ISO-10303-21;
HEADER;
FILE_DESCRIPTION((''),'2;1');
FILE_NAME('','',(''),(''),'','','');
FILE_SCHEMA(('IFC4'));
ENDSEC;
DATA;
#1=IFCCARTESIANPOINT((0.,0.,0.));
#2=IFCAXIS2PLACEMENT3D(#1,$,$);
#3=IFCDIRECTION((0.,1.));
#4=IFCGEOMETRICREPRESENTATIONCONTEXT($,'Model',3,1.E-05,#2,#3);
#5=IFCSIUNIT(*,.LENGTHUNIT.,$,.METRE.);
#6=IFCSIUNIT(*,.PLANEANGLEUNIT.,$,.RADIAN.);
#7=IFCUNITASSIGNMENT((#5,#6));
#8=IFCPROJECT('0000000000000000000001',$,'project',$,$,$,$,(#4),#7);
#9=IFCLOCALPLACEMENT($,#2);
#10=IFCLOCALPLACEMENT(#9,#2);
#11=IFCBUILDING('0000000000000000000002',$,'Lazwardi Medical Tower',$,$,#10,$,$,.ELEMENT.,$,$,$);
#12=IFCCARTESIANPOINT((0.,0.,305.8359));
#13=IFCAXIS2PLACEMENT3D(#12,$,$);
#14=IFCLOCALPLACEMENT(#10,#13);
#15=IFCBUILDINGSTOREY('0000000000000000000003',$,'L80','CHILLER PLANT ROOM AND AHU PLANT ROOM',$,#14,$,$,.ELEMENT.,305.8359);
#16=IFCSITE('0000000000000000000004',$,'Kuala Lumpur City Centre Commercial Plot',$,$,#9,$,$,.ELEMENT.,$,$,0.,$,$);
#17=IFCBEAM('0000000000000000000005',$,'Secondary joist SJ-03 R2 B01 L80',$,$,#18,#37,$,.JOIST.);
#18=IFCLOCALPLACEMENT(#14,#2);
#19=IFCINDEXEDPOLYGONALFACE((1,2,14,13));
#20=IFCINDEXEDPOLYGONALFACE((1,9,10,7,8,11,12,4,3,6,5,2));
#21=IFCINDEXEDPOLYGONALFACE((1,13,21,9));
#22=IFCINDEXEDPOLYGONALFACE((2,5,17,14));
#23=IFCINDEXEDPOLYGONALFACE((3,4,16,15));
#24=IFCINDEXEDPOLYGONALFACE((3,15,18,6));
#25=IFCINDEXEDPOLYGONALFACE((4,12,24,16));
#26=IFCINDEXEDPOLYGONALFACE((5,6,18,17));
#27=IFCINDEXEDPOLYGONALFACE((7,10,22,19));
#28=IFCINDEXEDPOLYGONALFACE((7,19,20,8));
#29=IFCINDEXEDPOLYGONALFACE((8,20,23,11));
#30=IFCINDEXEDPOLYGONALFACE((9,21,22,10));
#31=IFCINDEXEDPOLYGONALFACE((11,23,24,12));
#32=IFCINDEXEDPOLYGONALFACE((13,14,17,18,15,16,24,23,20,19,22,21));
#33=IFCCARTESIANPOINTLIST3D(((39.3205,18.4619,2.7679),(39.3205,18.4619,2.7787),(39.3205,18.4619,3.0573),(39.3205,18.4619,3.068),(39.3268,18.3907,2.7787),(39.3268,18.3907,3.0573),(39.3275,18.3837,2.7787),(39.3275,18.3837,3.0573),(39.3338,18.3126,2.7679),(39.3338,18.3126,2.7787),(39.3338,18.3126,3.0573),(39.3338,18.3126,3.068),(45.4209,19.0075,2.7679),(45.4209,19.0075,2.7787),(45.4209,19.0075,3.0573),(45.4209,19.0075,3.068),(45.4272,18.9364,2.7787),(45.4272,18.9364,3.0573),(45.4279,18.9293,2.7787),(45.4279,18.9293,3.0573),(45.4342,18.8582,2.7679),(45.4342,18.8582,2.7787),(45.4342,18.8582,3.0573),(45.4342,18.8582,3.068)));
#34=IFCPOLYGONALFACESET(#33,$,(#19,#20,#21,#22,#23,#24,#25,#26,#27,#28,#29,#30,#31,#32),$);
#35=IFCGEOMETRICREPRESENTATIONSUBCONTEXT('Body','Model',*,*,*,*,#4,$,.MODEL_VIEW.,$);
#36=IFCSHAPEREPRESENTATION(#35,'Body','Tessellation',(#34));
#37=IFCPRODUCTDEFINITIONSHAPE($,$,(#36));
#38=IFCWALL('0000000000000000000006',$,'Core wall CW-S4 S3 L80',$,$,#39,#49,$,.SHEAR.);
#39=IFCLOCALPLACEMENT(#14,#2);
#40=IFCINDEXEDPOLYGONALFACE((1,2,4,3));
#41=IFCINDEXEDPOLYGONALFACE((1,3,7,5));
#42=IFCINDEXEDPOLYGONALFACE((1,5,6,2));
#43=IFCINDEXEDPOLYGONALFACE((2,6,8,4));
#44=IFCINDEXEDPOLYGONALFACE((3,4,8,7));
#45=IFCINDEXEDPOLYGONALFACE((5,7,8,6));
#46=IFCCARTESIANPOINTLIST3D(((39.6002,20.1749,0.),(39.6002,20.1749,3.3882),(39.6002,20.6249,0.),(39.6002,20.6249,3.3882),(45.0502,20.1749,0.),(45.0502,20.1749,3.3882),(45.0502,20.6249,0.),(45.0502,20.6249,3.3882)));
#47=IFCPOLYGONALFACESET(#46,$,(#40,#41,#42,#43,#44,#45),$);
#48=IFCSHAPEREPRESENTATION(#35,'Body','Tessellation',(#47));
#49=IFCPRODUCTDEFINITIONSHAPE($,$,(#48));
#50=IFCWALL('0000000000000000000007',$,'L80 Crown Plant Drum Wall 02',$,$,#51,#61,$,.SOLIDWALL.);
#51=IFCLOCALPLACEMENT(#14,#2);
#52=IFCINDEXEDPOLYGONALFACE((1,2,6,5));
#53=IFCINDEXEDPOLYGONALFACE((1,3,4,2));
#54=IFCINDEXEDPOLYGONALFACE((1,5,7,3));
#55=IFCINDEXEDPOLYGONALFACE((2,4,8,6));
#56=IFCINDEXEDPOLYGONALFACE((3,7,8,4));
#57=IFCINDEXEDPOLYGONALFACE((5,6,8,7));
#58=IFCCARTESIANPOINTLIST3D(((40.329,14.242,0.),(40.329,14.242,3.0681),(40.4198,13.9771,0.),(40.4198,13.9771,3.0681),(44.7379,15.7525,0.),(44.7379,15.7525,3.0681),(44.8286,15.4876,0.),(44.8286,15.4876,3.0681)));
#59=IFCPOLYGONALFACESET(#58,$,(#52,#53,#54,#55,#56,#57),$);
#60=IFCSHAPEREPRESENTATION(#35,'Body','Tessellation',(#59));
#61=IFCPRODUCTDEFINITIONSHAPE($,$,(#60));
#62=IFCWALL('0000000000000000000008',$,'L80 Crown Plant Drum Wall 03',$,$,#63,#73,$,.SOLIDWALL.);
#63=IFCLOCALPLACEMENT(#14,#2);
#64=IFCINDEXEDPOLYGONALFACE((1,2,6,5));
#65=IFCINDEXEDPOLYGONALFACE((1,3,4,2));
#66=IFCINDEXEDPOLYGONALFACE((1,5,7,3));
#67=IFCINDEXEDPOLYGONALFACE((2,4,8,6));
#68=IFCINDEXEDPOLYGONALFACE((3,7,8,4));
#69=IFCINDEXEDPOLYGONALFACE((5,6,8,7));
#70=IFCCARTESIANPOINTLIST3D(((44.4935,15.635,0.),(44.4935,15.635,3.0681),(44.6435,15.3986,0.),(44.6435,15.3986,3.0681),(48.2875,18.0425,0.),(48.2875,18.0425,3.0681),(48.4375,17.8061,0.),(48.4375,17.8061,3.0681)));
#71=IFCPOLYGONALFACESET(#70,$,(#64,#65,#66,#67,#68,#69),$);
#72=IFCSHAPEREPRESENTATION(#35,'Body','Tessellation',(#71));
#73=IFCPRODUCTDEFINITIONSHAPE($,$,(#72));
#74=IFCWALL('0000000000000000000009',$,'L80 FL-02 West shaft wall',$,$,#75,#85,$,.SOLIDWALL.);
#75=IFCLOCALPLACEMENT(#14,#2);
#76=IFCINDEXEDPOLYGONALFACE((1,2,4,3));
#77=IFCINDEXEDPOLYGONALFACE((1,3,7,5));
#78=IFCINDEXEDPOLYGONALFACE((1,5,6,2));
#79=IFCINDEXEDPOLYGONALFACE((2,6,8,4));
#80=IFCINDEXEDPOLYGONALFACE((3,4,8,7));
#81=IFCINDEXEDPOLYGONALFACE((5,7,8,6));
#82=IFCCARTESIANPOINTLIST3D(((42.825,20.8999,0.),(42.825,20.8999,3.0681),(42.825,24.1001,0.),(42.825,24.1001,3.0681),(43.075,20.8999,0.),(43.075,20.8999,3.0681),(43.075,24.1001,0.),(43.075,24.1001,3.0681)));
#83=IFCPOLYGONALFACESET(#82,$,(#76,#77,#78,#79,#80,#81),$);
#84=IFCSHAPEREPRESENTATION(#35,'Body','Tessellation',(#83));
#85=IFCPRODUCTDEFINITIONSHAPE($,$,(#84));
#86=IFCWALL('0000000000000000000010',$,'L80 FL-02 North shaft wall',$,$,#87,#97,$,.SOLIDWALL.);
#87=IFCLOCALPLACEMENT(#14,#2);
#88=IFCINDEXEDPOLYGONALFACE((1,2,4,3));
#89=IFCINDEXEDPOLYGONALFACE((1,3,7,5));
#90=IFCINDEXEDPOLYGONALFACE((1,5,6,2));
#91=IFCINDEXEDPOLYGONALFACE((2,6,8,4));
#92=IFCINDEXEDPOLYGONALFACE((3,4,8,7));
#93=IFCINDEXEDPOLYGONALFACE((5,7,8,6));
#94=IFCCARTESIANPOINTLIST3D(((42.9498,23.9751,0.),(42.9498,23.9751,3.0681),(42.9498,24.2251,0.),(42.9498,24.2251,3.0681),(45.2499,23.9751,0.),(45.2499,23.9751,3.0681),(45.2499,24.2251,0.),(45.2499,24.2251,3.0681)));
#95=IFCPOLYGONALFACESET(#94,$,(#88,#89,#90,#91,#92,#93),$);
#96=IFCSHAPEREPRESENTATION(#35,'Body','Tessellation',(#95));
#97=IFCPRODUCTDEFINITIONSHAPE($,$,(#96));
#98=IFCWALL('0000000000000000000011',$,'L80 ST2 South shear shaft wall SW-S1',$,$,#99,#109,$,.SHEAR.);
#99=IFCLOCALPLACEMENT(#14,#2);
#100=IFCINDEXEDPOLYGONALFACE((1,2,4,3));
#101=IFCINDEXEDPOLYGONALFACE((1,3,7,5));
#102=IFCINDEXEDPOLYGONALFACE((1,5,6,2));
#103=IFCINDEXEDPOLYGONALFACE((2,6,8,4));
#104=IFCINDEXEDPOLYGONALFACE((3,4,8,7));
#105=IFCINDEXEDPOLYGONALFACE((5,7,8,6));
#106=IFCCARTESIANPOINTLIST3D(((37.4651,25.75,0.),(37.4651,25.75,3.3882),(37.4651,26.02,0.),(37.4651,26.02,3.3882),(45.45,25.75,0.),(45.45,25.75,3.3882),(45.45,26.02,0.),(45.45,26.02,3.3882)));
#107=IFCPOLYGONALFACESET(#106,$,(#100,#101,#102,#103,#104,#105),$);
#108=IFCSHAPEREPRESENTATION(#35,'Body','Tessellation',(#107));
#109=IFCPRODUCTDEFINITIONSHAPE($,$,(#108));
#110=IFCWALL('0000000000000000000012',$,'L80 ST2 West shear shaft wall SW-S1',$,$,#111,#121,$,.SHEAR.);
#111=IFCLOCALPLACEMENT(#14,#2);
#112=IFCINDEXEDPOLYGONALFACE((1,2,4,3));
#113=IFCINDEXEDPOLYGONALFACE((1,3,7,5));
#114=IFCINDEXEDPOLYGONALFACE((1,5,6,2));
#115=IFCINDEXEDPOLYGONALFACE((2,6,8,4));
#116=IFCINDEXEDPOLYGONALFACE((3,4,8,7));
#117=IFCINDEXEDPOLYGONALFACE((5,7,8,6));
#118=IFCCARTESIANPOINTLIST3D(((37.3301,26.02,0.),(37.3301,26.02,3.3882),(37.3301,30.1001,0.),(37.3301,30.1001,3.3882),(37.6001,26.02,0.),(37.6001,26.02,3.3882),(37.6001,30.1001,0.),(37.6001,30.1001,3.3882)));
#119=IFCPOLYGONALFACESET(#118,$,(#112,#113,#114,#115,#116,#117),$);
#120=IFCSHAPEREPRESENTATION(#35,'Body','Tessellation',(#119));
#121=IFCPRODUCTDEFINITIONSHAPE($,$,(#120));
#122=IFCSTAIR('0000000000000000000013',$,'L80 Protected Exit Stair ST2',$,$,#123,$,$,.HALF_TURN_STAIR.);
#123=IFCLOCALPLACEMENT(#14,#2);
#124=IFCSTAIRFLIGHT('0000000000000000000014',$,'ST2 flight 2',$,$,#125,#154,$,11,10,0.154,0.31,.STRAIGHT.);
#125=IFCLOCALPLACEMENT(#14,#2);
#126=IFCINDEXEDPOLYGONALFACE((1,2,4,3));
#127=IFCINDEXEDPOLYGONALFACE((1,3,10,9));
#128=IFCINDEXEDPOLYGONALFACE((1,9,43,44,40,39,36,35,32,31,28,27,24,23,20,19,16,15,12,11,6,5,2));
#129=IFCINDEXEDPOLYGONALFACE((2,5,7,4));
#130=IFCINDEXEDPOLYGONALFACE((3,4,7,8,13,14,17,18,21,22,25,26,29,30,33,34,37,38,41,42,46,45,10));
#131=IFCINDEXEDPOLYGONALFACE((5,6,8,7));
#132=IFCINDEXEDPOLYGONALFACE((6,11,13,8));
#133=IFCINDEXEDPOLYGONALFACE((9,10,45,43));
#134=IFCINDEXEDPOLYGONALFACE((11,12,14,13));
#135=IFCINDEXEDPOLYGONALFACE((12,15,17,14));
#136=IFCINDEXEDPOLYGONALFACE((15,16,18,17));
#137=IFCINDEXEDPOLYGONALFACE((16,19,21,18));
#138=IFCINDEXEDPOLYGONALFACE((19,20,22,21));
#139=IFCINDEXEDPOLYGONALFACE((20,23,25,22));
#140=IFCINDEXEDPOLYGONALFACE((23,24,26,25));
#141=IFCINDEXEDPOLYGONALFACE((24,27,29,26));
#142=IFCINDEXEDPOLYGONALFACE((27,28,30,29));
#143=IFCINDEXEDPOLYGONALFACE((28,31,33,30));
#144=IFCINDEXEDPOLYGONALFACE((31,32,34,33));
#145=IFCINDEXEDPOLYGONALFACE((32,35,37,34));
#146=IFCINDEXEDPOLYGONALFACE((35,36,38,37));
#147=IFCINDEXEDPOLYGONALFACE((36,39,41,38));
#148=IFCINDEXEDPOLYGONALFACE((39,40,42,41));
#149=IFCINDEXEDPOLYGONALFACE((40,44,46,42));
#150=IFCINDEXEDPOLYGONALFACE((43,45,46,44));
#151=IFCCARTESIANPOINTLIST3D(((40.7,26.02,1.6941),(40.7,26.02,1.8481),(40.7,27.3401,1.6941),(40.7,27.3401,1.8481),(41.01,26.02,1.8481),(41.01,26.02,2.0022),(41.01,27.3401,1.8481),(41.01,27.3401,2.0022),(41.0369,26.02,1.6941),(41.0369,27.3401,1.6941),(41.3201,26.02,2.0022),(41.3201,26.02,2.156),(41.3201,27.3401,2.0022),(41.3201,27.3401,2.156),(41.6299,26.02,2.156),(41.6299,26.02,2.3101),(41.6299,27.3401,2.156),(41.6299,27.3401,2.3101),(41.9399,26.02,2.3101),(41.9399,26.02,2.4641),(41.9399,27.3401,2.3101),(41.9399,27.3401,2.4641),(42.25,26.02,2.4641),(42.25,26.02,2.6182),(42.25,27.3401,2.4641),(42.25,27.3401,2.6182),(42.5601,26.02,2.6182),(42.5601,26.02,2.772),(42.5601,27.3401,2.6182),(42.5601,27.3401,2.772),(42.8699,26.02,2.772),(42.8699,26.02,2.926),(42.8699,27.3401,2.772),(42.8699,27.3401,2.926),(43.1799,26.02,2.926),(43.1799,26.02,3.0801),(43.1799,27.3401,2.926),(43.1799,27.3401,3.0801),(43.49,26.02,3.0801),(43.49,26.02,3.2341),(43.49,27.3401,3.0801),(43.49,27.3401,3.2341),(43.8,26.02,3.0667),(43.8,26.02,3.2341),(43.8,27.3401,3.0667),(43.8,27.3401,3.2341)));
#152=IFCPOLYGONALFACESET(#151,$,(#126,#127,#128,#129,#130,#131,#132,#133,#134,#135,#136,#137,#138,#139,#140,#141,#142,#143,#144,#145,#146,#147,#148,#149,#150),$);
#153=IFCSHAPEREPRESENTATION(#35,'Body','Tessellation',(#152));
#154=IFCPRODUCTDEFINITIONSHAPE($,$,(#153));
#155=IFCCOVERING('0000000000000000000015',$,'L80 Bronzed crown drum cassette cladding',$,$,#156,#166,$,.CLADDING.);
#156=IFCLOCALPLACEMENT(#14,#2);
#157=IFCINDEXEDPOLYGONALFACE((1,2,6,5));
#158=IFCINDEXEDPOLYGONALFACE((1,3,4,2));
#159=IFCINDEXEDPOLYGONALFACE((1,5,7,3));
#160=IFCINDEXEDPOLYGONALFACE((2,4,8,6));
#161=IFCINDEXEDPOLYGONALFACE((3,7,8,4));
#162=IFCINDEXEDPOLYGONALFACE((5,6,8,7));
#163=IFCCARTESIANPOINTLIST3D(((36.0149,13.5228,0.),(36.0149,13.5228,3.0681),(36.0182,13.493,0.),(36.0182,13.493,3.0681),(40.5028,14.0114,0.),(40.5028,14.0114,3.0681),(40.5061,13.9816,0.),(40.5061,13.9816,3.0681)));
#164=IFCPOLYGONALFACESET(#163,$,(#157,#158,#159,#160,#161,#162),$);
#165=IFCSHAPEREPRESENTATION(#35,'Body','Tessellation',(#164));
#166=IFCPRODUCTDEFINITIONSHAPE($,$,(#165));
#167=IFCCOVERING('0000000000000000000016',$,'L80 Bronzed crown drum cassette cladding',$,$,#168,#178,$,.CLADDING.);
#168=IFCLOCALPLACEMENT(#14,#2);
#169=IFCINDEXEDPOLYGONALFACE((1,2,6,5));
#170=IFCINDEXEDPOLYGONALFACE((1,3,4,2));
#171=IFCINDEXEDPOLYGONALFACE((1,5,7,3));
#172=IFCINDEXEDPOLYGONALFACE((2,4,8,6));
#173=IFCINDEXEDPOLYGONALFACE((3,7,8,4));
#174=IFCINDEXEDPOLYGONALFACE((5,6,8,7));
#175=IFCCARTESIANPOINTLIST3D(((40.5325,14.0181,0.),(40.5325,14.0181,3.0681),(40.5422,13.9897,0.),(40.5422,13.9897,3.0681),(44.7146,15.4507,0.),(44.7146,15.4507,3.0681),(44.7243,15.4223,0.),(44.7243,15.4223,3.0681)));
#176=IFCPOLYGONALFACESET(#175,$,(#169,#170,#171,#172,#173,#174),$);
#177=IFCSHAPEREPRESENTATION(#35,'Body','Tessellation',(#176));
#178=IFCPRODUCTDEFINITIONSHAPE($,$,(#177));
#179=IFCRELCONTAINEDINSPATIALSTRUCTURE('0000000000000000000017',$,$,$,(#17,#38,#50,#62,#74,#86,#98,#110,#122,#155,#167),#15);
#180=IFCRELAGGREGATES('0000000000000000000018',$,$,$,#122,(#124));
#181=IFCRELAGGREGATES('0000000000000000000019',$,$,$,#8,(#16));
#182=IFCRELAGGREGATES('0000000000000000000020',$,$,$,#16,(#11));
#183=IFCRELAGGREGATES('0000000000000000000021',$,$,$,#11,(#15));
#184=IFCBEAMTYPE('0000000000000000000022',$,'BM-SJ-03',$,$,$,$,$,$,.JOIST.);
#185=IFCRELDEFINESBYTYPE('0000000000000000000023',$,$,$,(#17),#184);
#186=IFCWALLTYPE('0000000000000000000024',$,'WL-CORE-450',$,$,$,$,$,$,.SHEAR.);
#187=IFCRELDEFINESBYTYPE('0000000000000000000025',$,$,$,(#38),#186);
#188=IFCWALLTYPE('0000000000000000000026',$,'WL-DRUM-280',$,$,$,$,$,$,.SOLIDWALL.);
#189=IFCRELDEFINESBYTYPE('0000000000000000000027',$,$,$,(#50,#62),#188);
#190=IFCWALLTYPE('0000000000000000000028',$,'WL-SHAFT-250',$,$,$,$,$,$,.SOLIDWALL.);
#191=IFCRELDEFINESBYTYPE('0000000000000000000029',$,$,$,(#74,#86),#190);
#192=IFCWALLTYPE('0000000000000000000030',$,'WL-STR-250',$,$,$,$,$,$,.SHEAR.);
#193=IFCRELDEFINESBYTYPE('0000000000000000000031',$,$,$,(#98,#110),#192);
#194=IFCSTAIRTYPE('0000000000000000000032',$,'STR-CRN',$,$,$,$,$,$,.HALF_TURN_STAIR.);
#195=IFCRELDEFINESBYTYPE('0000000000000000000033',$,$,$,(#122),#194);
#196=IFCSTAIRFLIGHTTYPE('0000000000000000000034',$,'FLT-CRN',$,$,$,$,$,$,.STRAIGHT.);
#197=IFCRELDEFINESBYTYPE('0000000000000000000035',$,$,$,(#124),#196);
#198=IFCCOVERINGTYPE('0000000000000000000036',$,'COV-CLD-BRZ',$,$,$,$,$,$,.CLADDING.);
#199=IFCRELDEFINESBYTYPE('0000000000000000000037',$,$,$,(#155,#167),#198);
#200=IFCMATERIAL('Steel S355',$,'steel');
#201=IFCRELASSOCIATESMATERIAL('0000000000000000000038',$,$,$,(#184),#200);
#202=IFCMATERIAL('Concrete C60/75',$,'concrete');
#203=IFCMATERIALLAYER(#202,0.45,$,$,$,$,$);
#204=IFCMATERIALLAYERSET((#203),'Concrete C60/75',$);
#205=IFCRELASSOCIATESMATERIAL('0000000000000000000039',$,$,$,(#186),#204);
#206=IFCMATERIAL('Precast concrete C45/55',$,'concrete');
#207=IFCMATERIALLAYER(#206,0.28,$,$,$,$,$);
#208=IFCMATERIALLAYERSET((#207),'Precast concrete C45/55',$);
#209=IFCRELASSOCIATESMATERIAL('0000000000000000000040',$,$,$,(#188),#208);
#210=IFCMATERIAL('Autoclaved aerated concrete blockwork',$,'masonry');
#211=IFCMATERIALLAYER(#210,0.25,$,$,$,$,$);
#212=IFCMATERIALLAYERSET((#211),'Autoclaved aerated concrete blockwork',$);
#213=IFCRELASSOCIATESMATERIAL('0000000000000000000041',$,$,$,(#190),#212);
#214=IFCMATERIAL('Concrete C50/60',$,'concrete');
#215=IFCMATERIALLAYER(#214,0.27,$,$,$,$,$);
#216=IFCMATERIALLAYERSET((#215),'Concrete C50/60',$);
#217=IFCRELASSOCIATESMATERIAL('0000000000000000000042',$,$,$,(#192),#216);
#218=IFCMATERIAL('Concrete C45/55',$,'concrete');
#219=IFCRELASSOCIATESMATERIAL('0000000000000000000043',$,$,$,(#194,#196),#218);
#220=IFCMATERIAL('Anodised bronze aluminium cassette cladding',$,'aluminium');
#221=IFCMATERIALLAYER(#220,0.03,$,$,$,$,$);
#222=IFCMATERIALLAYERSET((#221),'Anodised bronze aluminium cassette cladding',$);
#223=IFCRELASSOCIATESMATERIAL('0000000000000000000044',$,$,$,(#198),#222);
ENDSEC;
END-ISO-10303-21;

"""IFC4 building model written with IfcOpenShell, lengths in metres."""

from ifc_helpers import new_model, si_unit, direction, frame, frame_2d, origin, origin_2d, place, context, subcontext, project, spatial, polyline, rectangle, i_section, outline, extrude, material, layer, layer_set, material_profile, profile_set, type_object, element, aggregate, save


model = new_model("IFC4")

# Units and contexts
model_context = context("Model", 3, precision=1e-05, world=origin(), true_north=direction((0.0, 1.0)))
body_context = subcontext(model_context, "Body", "Model", "MODEL_VIEW")
ifc_project = project(units=[si_unit("LENGTHUNIT", "METRE"), si_unit("PLANEANGLEUNIT", "RADIAN")], contexts=[model_context])

# Site, building, storey
site_placement = place(None, origin())
site = spatial("IfcSite", under=ifc_project, at=site_placement, Name="Kuala Lumpur City Centre Commercial Plot", CompositionType="ELEMENT", RefElevation=0.0)
building_placement = place(site_placement, origin())
building = spatial("IfcBuilding", under=site, at=building_placement, Name="Lazwardi Medical Tower", CompositionType="ELEMENT")
storey_placement = place(building_placement, frame((0.0, 0.0, 305.8359)))
storey = spatial("IfcBuildingStorey", under=building, at=storey_placement, Name="L80", Description="CHILLER PLANT ROOM AND AHU PLANT ROOM", CompositionType="ELEMENT", Elevation=305.8359)

# Shared definitions
ifc_material_1 = material(Name="Concrete C60/75", Category="concrete")

# Beam
ifc_material_2 = material(Name="Steel S355", Category="steel")
ifc_material_profile_1 = material_profile(ifc_material_2, i_section(OverallWidth=0.1499, OverallDepth=0.3, WebThickness=0.0071, FlangeThickness=0.0107, at=origin_2d()), Name="IPE 300")
ifc_profile_set_1 = profile_set([ifc_material_profile_1], Name="Steel S355")
beam_type_1 = type_object("IfcBeamType", Name="BM-SJ-03", PredefinedType="JOIST", material=ifc_profile_set_1)
beam_1_placement = place(storey_placement, frame((39.3271, 18.3872, 2.918), z_axis=(0.996024, 0.089091, 0.0), x_axis=(-0.089091, 0.996024, 0.0)))
element("IfcBeam", 1, at=beam_1_placement, inside=storey, type_object=beam_type_1, Name="Secondary joist SJ-03 R2 B01 L80", PredefinedType="JOIST", context=body_context, shape_type="SweptSolid", body=[
    extrude(i_section(OverallWidth=0.1499, OverallDepth=0.3, WebThickness=0.0071, FlangeThickness=0.0107, at=origin_2d()), origin(), (0.0, 0.0, 1.0), 6.1248),
])

# Walls
ifc_layer_1 = layer(ifc_material_1, 0.45)
ifc_layer_set_1 = layer_set([ifc_layer_1], Name="Concrete C60/75")
wall_type_1 = type_object("IfcWallType", Name="WL-CORE-450", PredefinedType="SHEAR", material=ifc_layer_set_1)
wall_1_placement = place(storey_placement, frame((39.6001, 20.3999, 0.0), z_axis=(0.0, 0.0, 1.0), x_axis=(1.0, 0.0, 0.0)))
element("IfcWall", 2, at=wall_1_placement, inside=storey, type_object=wall_type_1, Name="Core wall CW-S4 S3 L80", PredefinedType="SHEAR", context=body_context, shape_type="SweptSolid", body=[
    extrude(rectangle(XDim=5.45, YDim=0.45, at=frame_2d((2.7251, 0.0))), origin(), (0.0, 0.0, 1.0), 3.3882),
])
ifc_material_3 = material(Name="Precast concrete C45/55", Category="concrete")
ifc_layer_2 = layer(ifc_material_3, 0.28)
ifc_layer_set_2 = layer_set([ifc_layer_2], Name="Precast concrete C45/55")
wall_type_2 = type_object("IfcWallType", Name="WL-DRUM-280", PredefinedType="SOLIDWALL", material=ifc_layer_set_2)
wall_2_placement = place(storey_placement, frame((40.3745, 14.1096, 0.0), z_axis=(0.0, 0.0, 1.0), x_axis=(0.946021, 0.324106, 0.0)))
element("IfcWall", 3, at=wall_2_placement, inside=storey, type_object=wall_type_2, Name="L80 Crown Plant Drum Wall 02", PredefinedType="SOLIDWALL", context=body_context, shape_type="SweptSolid", body=[
    extrude(rectangle(XDim=4.6604, YDim=0.28, at=frame_2d((2.3301, 0.0))), origin(), (0.0, 0.0, 1.0), 3.0681),
])
wall_3_placement = place(storey_placement, frame((44.5686, 15.5168, 0.0), z_axis=(0.0, 0.0, 1.0), x_axis=(0.844352, 0.535789, 0.0)))
element("IfcWall", 4, at=wall_3_placement, inside=storey, type_object=wall_type_2, Name="L80 Crown Plant Drum Wall 03", PredefinedType="SOLIDWALL", context=body_context, shape_type="SweptSolid", body=[
    extrude(rectangle(XDim=4.4934, YDim=0.28, at=frame_2d((2.2466, 0.0))), origin(), (0.0, 0.0, 1.0), 3.0681),
])
ifc_material_4 = material(Name="Autoclaved aerated concrete blockwork", Category="masonry")
ifc_layer_3 = layer(ifc_material_4, 0.25)
ifc_layer_set_3 = layer_set([ifc_layer_3], Name="Autoclaved aerated concrete blockwork")
wall_type_3 = type_object("IfcWallType", Name="WL-SHAFT-250", PredefinedType="SOLIDWALL", material=ifc_layer_set_3)
wall_4_placement = place(storey_placement, frame((42.95, 20.8999, 0.0), z_axis=(0.0, 0.0, 1.0), x_axis=(0.0, 1.0, 0.0)))
element("IfcWall", 5, at=wall_4_placement, inside=storey, type_object=wall_type_3, Name="L80 FL-02 West shaft wall", PredefinedType="SOLIDWALL", context=body_context, shape_type="SweptSolid", body=[
    extrude(rectangle(XDim=3.2002, YDim=0.25, at=frame_2d((1.6001, 0.0))), origin(), (0.0, 0.0, 1.0), 3.0681),
])
wall_5_placement = place(storey_placement, frame((42.95, 24.1001, 0.0), z_axis=(0.0, 0.0, 1.0), x_axis=(1.0, 0.0, 0.0)))
element("IfcWall", 6, at=wall_5_placement, inside=storey, type_object=wall_type_3, Name="L80 FL-02 North shaft wall", PredefinedType="SOLIDWALL", context=body_context, shape_type="SweptSolid", body=[
    extrude(rectangle(XDim=2.3, YDim=0.25, at=frame_2d((1.1499, 0.0))), origin(), (0.0, 0.0, 1.0), 3.0681),
])
ifc_material_5 = material(Name="Concrete C50/60", Category="concrete")
ifc_layer_4 = layer(ifc_material_5, 0.27)
ifc_layer_set_4 = layer_set([ifc_layer_4], Name="Concrete C50/60")
wall_type_4 = type_object("IfcWallType", Name="WL-STR-250", PredefinedType="SHEAR", material=ifc_layer_set_4)
wall_6_placement = place(storey_placement, frame((37.4651, 25.885, 0.0), z_axis=(0.0, 0.0, 1.0), x_axis=(1.0, 0.0, 0.0)))
element("IfcWall", 7, at=wall_6_placement, inside=storey, type_object=wall_type_4, Name="L80 ST2 South shear shaft wall SW-S1", PredefinedType="SHEAR", context=body_context, shape_type="SweptSolid", body=[
    extrude(rectangle(XDim=7.9849, YDim=0.27, at=frame_2d((3.9924, 0.0))), origin(), (0.0, 0.0, 1.0), 3.3882),
])
wall_7_placement = place(storey_placement, frame((37.4651, 26.02, 0.0), z_axis=(0.0, 0.0, 1.0), x_axis=(0.0, 1.0, 0.0)))
element("IfcWall", 8, at=wall_7_placement, inside=storey, type_object=wall_type_4, Name="L80 ST2 West shear shaft wall SW-S1", PredefinedType="SHEAR", context=body_context, shape_type="SweptSolid", body=[
    extrude(rectangle(XDim=4.0801, YDim=0.27, at=frame_2d((2.04, 0.0))), origin(), (0.0, 0.0, 1.0), 3.3882),
])

# Stair, stair flight
ifc_material_6 = material(Name="Concrete C45/55", Category="concrete")
stair_type = type_object("IfcStairType", Name="STR-CRN", PredefinedType="HALF_TURN_STAIR", material=ifc_material_6)
stair_placement = place(storey_placement, origin())
stair = element("IfcStair", 9, at=stair_placement, inside=storey, type_object=stair_type, Name="L80 Protected Exit Stair ST2", PredefinedType="HALF_TURN_STAIR")
stair_flight_type = type_object("IfcStairFlightType", Name="FLT-CRN", PredefinedType="STRAIGHT", material=ifc_material_6)
stair_flight_placement = place(storey_placement, frame((40.7, 26.6799, 1.6941), z_axis=(0.0, 0.0, 1.0), x_axis=(1.0, 0.0, 0.0)))
stair_flight = element("IfcStairFlight", 10, at=stair_flight_placement, type_object=stair_flight_type, Name="ST2 flight 2", NumberOfRisers=11, NumberOfTreads=10, PredefinedType="STRAIGHT", RiserHeight=0.154, TreadLength=0.31, context=body_context, shape_type="SweptSolid", body=[
    extrude(outline(polyline([(0.0, 0.0), (0.0, 0.1541), (0.3101, 0.1541), (0.3101, 0.3081), (0.6201, 0.3081), (0.6201, 0.4619), (0.9299, 0.4619), (0.9299, 0.616), (1.24, 0.616), (1.24, 0.77), (1.55, 0.77), (1.55, 0.9241), (1.8601, 0.9241), (1.8601, 1.0779), (2.1699, 1.0779), (2.1699, 1.2319), (2.48, 1.2319), (2.48, 1.386), (2.79, 1.386), (2.79, 1.54), (3.1001, 1.54), (3.1001, 1.6941), (3.1001, 1.3726), (0.3369, 0.0), (0.0, 0.0)])), frame((0.0, 0.6602, 0.0), z_axis=(0.0, -1.0, 0.0), x_axis=(1.0, 0.0, 0.0)), (0.0, 0.0, 1.0), 1.3201),
])
aggregate(stair, [stair_flight])

# Coverings
ifc_material_7 = material(Name="Anodised bronze aluminium cassette cladding", Category="aluminium")
ifc_layer_5 = layer(ifc_material_7, 0.03)
ifc_layer_set_5 = layer_set([ifc_layer_5], Name="Anodised bronze aluminium cassette cladding")
covering_type = type_object("IfcCoveringType", Name="COV-CLD-BRZ", PredefinedType="CLADDING", material=ifc_layer_set_5)
covering_1_placement = place(storey_placement, frame((38.2605, 13.7522, 0.0), z_axis=(0.0, 0.0, 1.0), x_axis=(0.994126, 0.10823, 0.0)))
element("IfcCovering", 11, at=covering_1_placement, inside=storey, type_object=covering_type, Name="L80 Bronzed crown drum cassette cladding", PredefinedType="CLADDING", context=body_context, shape_type="SweptSolid", body=[
    extrude(rectangle(XDim=4.5144, YDim=0.03, at=origin_2d()), origin(), (0.0, 0.0, 1.0), 3.0681),
])
covering_2_placement = place(storey_placement, frame((42.6284, 14.7202, 0.0), z_axis=(0.0, 0.0, 1.0), x_axis=(0.946033, 0.324069, 0.0)))
element("IfcCovering", 12, at=covering_2_placement, inside=storey, type_object=covering_type, Name="L80 Bronzed crown drum cassette cladding", PredefinedType="CLADDING", context=body_context, shape_type="SweptSolid", body=[
    extrude(rectangle(XDim=4.4207, YDim=0.03, at=origin_2d()), origin(), (0.0, 0.0, 1.0), 3.0681),
])

save(model, "model.ifc")
